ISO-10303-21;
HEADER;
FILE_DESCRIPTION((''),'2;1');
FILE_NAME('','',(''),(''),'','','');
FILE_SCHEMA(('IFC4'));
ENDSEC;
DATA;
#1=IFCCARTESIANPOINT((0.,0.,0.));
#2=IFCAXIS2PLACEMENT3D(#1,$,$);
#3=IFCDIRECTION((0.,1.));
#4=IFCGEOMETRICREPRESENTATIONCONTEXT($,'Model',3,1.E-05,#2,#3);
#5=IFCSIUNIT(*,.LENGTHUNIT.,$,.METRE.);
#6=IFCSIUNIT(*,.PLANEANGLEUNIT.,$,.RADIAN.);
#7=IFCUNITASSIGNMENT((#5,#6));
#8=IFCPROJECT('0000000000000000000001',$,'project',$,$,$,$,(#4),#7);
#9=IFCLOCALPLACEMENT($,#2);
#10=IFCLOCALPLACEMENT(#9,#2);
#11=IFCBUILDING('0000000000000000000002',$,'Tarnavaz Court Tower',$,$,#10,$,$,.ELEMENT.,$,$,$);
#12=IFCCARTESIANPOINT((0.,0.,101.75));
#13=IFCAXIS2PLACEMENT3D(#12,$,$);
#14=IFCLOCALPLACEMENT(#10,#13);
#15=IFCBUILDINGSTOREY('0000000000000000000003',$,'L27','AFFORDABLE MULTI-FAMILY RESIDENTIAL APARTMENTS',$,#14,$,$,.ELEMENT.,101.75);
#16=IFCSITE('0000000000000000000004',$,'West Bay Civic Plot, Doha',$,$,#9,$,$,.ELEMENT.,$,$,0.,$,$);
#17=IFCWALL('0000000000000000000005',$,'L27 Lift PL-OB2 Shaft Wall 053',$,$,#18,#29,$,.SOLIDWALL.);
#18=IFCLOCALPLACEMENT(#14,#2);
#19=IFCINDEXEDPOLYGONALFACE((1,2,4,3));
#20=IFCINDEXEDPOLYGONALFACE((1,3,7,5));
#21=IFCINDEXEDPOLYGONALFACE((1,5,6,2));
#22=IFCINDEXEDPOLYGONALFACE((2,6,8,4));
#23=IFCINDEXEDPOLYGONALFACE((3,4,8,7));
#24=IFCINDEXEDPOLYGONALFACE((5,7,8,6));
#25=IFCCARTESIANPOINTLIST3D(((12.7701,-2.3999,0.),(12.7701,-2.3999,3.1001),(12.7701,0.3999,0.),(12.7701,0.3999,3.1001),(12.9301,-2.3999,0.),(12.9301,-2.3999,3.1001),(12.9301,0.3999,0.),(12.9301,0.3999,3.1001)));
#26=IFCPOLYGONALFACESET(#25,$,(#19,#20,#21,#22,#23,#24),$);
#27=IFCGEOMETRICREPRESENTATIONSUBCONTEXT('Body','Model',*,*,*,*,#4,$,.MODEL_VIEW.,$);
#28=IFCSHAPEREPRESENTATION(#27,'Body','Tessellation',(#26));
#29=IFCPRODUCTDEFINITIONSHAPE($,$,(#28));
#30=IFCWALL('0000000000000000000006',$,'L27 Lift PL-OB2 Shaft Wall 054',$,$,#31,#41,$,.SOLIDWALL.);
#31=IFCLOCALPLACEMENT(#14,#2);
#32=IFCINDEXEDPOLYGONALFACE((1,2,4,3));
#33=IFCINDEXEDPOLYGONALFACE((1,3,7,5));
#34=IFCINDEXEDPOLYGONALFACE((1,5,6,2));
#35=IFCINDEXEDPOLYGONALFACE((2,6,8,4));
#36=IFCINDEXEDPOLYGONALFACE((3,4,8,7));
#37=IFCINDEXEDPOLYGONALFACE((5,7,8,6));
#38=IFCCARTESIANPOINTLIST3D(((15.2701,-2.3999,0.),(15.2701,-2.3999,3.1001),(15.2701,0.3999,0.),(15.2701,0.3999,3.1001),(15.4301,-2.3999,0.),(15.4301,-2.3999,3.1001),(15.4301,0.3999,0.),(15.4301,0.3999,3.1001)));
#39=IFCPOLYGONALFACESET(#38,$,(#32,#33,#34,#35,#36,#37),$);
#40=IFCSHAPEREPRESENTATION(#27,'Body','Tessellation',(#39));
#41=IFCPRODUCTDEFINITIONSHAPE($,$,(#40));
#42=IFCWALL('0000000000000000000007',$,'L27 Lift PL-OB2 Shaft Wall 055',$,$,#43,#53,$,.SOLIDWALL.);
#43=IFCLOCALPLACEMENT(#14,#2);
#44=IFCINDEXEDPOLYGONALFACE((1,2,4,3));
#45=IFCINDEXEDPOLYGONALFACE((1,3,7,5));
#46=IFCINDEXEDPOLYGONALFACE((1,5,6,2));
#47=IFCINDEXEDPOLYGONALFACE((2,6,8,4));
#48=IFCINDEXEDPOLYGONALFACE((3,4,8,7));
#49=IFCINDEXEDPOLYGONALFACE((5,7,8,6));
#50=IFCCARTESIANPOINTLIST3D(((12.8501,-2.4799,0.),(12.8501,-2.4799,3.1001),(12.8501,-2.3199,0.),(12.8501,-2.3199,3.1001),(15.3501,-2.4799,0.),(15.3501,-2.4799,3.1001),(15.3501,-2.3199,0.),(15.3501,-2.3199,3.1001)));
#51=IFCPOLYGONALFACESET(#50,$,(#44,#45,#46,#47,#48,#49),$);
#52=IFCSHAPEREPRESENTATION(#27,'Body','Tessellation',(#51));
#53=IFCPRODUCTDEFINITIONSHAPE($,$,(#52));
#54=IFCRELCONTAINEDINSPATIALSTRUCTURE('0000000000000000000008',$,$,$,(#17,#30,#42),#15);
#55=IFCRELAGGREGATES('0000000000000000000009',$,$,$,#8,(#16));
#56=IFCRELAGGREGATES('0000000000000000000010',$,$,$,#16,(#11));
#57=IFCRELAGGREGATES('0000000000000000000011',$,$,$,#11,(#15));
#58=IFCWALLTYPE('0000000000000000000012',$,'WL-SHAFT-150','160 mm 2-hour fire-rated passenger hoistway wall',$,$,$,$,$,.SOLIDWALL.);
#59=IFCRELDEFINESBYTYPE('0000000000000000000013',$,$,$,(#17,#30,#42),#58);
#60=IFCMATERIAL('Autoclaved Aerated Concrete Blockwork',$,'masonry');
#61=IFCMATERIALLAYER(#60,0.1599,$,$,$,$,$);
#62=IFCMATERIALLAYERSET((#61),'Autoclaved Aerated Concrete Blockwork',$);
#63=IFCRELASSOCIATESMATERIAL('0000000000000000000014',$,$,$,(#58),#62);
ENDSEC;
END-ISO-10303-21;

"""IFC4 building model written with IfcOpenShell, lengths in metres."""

from ifc_helpers import new_model, si_unit, direction, frame, frame_2d, origin, place, context, subcontext, project, spatial, rectangle, extrude, material, layer, layer_set, type_object, element, save


model = new_model("IFC4")

# Units and contexts
model_context = context("Model", 3, precision=1e-05, world=origin(), true_north=direction((0.0, 1.0)))
body_context = subcontext(model_context, "Body", "Model", "MODEL_VIEW")
ifc_project = project(units=[si_unit("LENGTHUNIT", "METRE"), si_unit("PLANEANGLEUNIT", "RADIAN")], contexts=[model_context])

# Site, building, storey
site_placement = place(None, origin())
site = spatial("IfcSite", under=ifc_project, at=site_placement, Name="West Bay Civic Plot, Doha", CompositionType="ELEMENT", RefElevation=0.0)
building_placement = place(site_placement, origin())
building = spatial("IfcBuilding", under=site, at=building_placement, Name="Tarnavaz Court Tower", CompositionType="ELEMENT")
storey_placement = place(building_placement, frame((0.0, 0.0, 101.75)))
storey = spatial("IfcBuildingStorey", under=building, at=storey_placement, Name="L27", Description="AFFORDABLE MULTI-FAMILY RESIDENTIAL APARTMENTS", CompositionType="ELEMENT", Elevation=101.75)

# Walls
ifc_material_1 = material(Name="Autoclaved Aerated Concrete Blockwork", Category="masonry")
ifc_layer_1 = layer(ifc_material_1, 0.1599)
ifc_layer_set_1 = layer_set([ifc_layer_1], Name="Autoclaved Aerated Concrete Blockwork")
wall_type_1 = type_object("IfcWallType", Name="WL-SHAFT-150", Description="160 mm 2-hour fire-rated passenger hoistway wall", PredefinedType="SOLIDWALL", material=ifc_layer_set_1)
for number, where, z_axis, x_axis, name in (
    (1, (12.8501, -2.3999, 0.0), (0.0, 0.0, 1.0), (0.0, 1.0, 0.0), "L27 Lift PL-OB2 Shaft Wall 053"),
    (2, (15.3501, -2.3999, 0.0), (0.0, 0.0, 1.0), (0.0, 1.0, 0.0), "L27 Lift PL-OB2 Shaft Wall 054"),
):
    element("IfcWall", number, at=place(storey_placement, frame(where, z_axis=z_axis, x_axis=x_axis)), inside=storey, type_object=wall_type_1, Name=name, PredefinedType="SOLIDWALL", context=body_context, shape_type="SweptSolid", body=[
        extrude(rectangle(XDim=2.7998, YDim=0.1599, at=frame_2d((1.3999, 0.0))), origin(), (0.0, 0.0, 1.0), 3.1001),
    ])
wall_1_placement = place(storey_placement, frame((12.8501, -2.3999, 0.0), z_axis=(0.0, 0.0, 1.0), x_axis=(1.0, 0.0, 0.0)))
element("IfcWall", 3, at=wall_1_placement, inside=storey, type_object=wall_type_1, Name="L27 Lift PL-OB2 Shaft Wall 055", PredefinedType="SOLIDWALL", context=body_context, shape_type="SweptSolid", body=[
    extrude(rectangle(XDim=2.5, YDim=0.1599, at=frame_2d((1.25, 0.0))), origin(), (0.0, 0.0, 1.0), 3.1001),
])

save(model, "model.ifc")
